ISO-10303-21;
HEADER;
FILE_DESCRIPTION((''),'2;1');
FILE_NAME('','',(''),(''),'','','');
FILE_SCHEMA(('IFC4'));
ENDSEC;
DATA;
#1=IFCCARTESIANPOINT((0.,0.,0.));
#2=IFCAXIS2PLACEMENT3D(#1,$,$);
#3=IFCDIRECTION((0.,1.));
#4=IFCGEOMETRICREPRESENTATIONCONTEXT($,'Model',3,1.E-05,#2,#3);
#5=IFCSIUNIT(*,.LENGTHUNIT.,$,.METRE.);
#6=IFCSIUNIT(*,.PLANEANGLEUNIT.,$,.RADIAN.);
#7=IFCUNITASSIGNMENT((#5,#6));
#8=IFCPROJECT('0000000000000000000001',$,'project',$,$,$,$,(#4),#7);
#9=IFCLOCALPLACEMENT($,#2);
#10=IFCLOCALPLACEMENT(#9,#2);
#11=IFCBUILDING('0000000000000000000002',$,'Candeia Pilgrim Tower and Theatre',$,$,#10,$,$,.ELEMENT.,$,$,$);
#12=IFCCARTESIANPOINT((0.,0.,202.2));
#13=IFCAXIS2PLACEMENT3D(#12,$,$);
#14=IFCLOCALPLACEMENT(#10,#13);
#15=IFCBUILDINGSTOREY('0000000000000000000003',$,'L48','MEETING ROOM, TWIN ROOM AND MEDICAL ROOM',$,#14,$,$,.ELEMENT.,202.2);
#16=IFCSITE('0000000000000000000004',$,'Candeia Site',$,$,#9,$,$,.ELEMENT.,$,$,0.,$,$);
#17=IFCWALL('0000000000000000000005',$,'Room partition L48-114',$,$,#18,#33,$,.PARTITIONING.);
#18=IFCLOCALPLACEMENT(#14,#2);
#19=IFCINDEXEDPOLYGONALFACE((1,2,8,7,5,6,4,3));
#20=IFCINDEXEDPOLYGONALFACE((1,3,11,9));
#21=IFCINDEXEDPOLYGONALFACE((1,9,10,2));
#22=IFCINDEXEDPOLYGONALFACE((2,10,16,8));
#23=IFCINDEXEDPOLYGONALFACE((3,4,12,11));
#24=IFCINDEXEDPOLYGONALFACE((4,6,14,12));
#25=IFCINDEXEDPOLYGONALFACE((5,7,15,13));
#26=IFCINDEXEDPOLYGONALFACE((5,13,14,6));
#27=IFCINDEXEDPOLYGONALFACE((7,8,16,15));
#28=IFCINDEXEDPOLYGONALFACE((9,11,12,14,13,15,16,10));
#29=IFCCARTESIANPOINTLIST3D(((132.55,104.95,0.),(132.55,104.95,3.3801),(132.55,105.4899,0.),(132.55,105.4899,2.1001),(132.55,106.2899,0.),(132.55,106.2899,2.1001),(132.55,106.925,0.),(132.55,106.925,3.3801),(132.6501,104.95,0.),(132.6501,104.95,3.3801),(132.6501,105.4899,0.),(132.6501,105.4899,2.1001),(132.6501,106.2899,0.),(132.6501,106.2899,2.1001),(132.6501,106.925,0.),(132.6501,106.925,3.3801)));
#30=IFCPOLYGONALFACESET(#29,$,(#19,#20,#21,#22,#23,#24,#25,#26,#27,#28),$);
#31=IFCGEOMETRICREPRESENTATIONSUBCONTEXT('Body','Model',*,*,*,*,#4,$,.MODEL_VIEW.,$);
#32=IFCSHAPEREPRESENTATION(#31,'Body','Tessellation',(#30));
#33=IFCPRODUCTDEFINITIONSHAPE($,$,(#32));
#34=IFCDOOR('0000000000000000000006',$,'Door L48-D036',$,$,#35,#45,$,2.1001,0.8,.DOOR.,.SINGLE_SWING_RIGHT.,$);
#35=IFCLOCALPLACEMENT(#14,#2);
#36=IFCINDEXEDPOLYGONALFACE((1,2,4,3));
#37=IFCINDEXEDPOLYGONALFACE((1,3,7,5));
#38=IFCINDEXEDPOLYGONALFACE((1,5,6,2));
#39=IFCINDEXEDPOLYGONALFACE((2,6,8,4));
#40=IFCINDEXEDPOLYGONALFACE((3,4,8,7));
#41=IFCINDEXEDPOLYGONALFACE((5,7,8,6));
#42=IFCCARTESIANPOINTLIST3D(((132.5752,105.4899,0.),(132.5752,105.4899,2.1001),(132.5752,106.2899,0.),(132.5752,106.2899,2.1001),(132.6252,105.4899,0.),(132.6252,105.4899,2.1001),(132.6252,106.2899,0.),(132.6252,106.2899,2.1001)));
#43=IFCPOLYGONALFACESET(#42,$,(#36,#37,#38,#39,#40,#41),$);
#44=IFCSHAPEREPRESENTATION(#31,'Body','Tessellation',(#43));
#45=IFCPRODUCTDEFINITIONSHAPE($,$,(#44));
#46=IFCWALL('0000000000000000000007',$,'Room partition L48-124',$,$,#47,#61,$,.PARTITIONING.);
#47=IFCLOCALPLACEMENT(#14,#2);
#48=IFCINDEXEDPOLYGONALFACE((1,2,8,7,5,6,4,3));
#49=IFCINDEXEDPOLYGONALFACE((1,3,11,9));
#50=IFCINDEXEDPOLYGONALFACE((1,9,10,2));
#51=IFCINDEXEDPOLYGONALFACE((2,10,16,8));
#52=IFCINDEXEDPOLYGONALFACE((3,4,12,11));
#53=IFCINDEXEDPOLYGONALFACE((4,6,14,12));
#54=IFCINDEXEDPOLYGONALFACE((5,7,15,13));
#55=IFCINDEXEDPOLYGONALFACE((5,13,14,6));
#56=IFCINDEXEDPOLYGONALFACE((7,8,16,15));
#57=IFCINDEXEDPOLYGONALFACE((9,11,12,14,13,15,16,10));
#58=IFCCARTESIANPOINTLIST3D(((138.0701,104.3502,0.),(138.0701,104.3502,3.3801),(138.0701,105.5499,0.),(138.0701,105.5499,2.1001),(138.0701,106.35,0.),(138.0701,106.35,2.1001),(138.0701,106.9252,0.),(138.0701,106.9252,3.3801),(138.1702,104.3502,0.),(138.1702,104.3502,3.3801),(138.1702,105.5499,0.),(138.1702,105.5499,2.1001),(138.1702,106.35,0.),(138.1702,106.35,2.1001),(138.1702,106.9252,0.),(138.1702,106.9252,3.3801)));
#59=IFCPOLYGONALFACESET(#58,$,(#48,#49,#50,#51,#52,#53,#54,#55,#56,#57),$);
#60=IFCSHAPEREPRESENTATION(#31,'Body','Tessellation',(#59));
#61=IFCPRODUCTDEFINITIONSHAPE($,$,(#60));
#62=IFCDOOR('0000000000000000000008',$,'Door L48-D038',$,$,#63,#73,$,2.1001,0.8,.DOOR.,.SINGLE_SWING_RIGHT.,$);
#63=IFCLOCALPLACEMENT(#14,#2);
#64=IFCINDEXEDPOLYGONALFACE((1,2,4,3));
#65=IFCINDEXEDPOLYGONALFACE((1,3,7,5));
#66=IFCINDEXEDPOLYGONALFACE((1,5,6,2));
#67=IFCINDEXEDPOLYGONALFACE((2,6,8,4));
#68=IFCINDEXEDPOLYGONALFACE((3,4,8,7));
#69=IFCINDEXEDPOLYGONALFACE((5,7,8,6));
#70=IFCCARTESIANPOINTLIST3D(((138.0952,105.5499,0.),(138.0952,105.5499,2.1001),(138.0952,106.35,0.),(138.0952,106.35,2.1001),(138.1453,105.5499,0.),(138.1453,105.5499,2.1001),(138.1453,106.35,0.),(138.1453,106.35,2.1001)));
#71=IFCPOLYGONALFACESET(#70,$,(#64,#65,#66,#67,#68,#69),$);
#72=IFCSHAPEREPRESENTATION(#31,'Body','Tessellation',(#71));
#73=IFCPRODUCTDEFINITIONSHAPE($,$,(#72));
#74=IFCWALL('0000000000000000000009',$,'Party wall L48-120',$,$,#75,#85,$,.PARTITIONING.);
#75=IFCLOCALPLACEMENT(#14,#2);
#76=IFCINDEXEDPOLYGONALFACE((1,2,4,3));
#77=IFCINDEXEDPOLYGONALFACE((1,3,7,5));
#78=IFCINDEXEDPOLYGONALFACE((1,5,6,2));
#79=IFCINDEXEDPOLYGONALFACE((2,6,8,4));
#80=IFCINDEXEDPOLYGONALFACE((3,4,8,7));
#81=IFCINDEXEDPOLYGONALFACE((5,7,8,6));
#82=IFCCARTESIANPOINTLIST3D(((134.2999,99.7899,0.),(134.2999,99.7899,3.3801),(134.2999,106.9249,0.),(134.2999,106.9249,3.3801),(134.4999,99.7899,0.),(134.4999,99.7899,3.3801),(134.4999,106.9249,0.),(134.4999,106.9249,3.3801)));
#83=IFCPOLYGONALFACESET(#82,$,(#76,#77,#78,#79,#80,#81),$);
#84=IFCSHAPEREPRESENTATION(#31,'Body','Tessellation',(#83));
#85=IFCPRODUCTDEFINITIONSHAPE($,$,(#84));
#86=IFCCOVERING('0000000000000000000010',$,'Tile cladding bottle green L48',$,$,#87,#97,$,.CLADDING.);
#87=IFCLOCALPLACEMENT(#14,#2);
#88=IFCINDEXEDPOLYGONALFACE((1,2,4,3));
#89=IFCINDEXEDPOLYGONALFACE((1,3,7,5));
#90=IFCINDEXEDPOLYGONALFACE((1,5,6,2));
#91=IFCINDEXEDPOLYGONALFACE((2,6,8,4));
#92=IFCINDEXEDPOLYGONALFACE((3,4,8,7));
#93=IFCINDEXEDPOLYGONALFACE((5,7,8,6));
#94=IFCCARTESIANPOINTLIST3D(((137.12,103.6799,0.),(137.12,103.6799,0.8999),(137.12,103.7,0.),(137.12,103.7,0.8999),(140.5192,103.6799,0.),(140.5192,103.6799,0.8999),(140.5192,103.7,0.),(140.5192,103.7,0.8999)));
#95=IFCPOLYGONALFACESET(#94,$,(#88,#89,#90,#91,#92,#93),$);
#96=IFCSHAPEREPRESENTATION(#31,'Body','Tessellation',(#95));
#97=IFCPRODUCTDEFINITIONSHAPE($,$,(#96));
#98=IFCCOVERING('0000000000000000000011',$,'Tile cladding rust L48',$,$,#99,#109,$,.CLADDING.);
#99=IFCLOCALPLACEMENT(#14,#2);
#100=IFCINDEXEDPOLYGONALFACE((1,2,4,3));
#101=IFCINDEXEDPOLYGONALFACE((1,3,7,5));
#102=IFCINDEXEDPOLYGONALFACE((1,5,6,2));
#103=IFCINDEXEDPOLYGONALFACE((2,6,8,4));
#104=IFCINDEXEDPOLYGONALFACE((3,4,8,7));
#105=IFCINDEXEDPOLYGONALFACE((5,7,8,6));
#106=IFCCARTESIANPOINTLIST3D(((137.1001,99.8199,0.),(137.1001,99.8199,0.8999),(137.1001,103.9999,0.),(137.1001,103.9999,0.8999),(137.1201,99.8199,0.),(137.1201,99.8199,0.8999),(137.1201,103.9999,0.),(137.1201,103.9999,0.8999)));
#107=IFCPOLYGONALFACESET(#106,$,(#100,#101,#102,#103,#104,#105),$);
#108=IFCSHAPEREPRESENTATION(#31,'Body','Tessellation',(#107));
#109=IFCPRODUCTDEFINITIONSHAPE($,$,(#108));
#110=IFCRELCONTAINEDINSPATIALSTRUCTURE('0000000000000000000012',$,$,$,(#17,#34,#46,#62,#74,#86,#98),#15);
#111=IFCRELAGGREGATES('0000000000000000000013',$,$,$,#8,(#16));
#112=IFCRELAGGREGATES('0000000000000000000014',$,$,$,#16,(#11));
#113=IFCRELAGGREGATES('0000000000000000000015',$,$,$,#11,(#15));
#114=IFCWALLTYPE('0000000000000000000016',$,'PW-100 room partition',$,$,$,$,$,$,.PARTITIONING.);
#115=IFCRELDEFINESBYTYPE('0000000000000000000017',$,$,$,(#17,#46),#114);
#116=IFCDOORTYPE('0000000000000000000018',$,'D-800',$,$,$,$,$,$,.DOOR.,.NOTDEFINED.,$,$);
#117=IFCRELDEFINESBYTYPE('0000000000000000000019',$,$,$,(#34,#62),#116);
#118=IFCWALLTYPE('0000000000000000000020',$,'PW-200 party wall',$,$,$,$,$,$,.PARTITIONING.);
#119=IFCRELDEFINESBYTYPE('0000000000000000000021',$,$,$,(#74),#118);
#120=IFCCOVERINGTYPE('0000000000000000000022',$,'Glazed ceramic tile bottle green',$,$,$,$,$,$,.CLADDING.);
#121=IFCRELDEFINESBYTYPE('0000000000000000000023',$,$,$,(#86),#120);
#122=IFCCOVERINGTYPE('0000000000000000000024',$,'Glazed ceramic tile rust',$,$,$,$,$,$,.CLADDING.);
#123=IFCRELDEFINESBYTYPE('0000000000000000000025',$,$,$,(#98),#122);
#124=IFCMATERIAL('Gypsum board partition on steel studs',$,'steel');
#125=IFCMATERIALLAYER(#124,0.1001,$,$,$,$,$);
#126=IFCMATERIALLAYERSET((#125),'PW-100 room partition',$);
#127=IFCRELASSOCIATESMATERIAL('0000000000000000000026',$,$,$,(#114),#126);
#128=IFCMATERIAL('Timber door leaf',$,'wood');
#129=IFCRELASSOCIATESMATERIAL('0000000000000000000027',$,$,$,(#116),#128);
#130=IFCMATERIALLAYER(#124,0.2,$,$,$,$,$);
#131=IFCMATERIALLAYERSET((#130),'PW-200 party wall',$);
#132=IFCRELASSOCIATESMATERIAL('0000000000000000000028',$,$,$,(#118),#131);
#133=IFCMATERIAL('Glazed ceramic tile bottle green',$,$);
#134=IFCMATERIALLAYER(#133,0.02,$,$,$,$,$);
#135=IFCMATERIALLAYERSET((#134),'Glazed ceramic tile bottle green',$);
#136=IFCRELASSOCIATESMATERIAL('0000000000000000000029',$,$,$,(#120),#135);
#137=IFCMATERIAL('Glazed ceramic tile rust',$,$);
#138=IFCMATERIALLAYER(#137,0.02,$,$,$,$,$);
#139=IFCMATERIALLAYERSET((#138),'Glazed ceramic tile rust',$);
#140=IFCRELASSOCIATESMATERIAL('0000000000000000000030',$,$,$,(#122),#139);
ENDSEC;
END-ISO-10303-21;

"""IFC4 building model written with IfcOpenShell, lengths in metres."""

from ifc_helpers import new_model, si_unit, direction, frame, frame_2d, origin, origin_2d, place, context, subcontext, project, spatial, rectangle, extrude, material, layer, layer_set, type_object, element, fill, save


model = new_model("IFC4")

# Units and contexts
model_context = context("Model", 3, precision=1e-05, world=origin(), true_north=direction((0.0, 1.0)))
body_context = subcontext(model_context, "Body", "Model", "MODEL_VIEW")
ifc_project = project(units=[si_unit("LENGTHUNIT", "METRE"), si_unit("PLANEANGLEUNIT", "RADIAN")], contexts=[model_context])

# Site, building, storey
site_placement = place(None, origin())
site = spatial("IfcSite", under=ifc_project, at=site_placement, Name="Candeia Site", CompositionType="ELEMENT", RefElevation=0.0)
building_placement = place(site_placement, origin())
building = spatial("IfcBuilding", under=site, at=building_placement, Name="Candeia Pilgrim Tower and Theatre", CompositionType="ELEMENT")
storey_placement = place(building_placement, frame((0.0, 0.0, 202.2)))
storey = spatial("IfcBuildingStorey", under=building, at=storey_placement, Name="L48", Description="MEETING ROOM, TWIN ROOM AND MEDICAL ROOM", CompositionType="ELEMENT", Elevation=202.2)

# Shared definitions
ifc_material_1 = material(Name="Gypsum board partition on steel studs", Category="steel")
ifc_layer_1 = layer(ifc_material_1, 0.1001)
ifc_layer_set_1 = layer_set([ifc_layer_1], Name="PW-100 room partition")
wall_type_1 = type_object("IfcWallType", Name="PW-100 room partition", PredefinedType="PARTITIONING", material=ifc_layer_set_1)

# Walls, openings, doors
wall_1_placement = place(storey_placement, frame((132.6001, 104.95, 0.0), z_axis=(0.0, 0.0, 1.0), x_axis=(0.0, 1.0, 0.0)))
wall_1 = element("IfcWall", 1, at=wall_1_placement, inside=storey, type_object=wall_type_1, Name="Room partition L48-114", PredefinedType="PARTITIONING", context=body_context, shape_type="SweptSolid", body=[
    extrude(rectangle(XDim=1.9751, YDim=0.1001, at=frame_2d((0.9875, 0.0))), origin(), (0.0, 0.0, 1.0), 3.3801),
])
opening_1_placement = place(wall_1_placement, frame((0.54, 0.0, 0.0)))
opening_1 = element("IfcOpeningElement", 2, at=opening_1_placement, cuts=wall_1, PredefinedType="OPENING", context=body_context, shape_type="SweptSolid", body=[
    extrude(rectangle(XDim=0.8, YDim=2.1001, at=frame_2d((0.3999, 1.05))), frame((0.0, 0.0601, 0.0), z_axis=(0.0, -1.0, 0.0), x_axis=(1.0, 0.0, 0.0)), (0.0, 0.0, 1.0), 0.1201),
])
ifc_material_2 = material(Name="Timber door leaf", Category="wood")
door_type_1 = type_object("IfcDoorType", Name="D-800", OperationType="NOTDEFINED", PredefinedType="DOOR", material=ifc_material_2)
door_1_placement = place(opening_1_placement, origin())
door_1 = element("IfcDoor", 3, at=door_1_placement, inside=storey, type_object=door_type_1, Name="Door L48-D036", OperationType="SINGLE_SWING_RIGHT", OverallHeight=2.1001, OverallWidth=0.8, PredefinedType="DOOR", context=body_context, shape_type="SweptSolid", body=[
    extrude(rectangle(XDim=0.8, YDim=2.1001, at=frame_2d((0.3999, 1.05))), frame((0.0, 0.0249, 0.0), z_axis=(0.0, -1.0, 0.0), x_axis=(1.0, 0.0, 0.0)), (0.0, 0.0, 1.0), 0.05),
])
fill(opening_1, door_1)
wall_2_placement = place(storey_placement, frame((138.1201, 104.3501, 0.0), z_axis=(0.0, 0.0, 1.0), x_axis=(0.0, 1.0, 0.0)))
wall_2 = element("IfcWall", 4, at=wall_2_placement, inside=storey, type_object=wall_type_1, Name="Room partition L48-124", PredefinedType="PARTITIONING", context=body_context, shape_type="SweptSolid", body=[
    extrude(rectangle(XDim=2.575, YDim=0.1001, at=frame_2d((1.2876, 0.0))), origin(), (0.0, 0.0, 1.0), 3.3801),
])
opening_2_placement = place(wall_2_placement, frame((1.2, 0.0, 0.0)))
opening_2 = element("IfcOpeningElement", 5, at=opening_2_placement, cuts=wall_2, PredefinedType="OPENING", context=body_context, shape_type="SweptSolid", body=[
    extrude(rectangle(XDim=0.8, YDim=2.1001, at=frame_2d((0.3999, 1.05))), frame((0.0, 0.0601, 0.0), z_axis=(0.0, -1.0, 0.0), x_axis=(1.0, 0.0, 0.0)), (0.0, 0.0, 1.0), 0.1201),
])
door_2_placement = place(opening_2_placement, origin())
door_2 = element("IfcDoor", 6, at=door_2_placement, inside=storey, type_object=door_type_1, Name="Door L48-D038", OperationType="SINGLE_SWING_RIGHT", OverallHeight=2.1001, OverallWidth=0.8, PredefinedType="DOOR", context=body_context, shape_type="SweptSolid", body=[
    extrude(rectangle(XDim=0.8, YDim=2.1001, at=frame_2d((0.3999, 1.05))), frame((0.0, 0.0249, 0.0), z_axis=(0.0, -1.0, 0.0), x_axis=(1.0, 0.0, 0.0)), (0.0, 0.0, 1.0), 0.05),
])
fill(opening_2, door_2)

# Wall
ifc_layer_2 = layer(ifc_material_1, 0.2)
ifc_layer_set_2 = layer_set([ifc_layer_2], Name="PW-200 party wall")
wall_type_2 = type_object("IfcWallType", Name="PW-200 party wall", PredefinedType="PARTITIONING", material=ifc_layer_set_2)
wall_3_placement = place(storey_placement, frame((134.3999, 99.79, 0.0), z_axis=(0.0, 0.0, 1.0), x_axis=(0.0, 1.0, 0.0)))
element("IfcWall", 7, at=wall_3_placement, inside=storey, type_object=wall_type_2, Name="Party wall L48-120", PredefinedType="PARTITIONING", context=body_context, shape_type="SweptSolid", body=[
    extrude(rectangle(XDim=7.135, YDim=0.2, at=frame_2d((3.5674, 0.0))), origin(), (0.0, 0.0, 1.0), 3.3801),
])

# Coverings
ifc_material_3 = material(Name="Glazed ceramic tile bottle green")
ifc_layer_3 = layer(ifc_material_3, 0.02)
ifc_layer_set_3 = layer_set([ifc_layer_3], Name="Glazed ceramic tile bottle green")
covering_type_1 = type_object("IfcCoveringType", Name="Glazed ceramic tile bottle green", PredefinedType="CLADDING", material=ifc_layer_set_3)
covering_1_placement = place(storey_placement, frame((138.8196, 103.6899, 0.0), z_axis=(0.0, 0.0, 1.0), x_axis=(1.0, 0.0, 0.0)))
element("IfcCovering", 8, at=covering_1_placement, inside=storey, type_object=covering_type_1, Name="Tile cladding bottle green L48", PredefinedType="CLADDING", context=body_context, shape_type="SweptSolid", body=[
    extrude(rectangle(XDim=3.3992, YDim=0.02, at=origin_2d()), origin(), (0.0, 0.0, 1.0), 0.8999),
])
ifc_material_4 = material(Name="Glazed ceramic tile rust")
ifc_layer_4 = layer(ifc_material_4, 0.02)
ifc_layer_set_4 = layer_set([ifc_layer_4], Name="Glazed ceramic tile rust")
covering_type_2 = type_object("IfcCoveringType", Name="Glazed ceramic tile rust", PredefinedType="CLADDING", material=ifc_layer_set_4)
covering_2_placement = place(storey_placement, frame((137.1101, 101.9099, 0.0), z_axis=(0.0, 0.0, 1.0), x_axis=(0.0, 1.0, 0.0)))
element("IfcCovering", 9, at=covering_2_placement, inside=storey, type_object=covering_type_2, Name="Tile cladding rust L48", PredefinedType="CLADDING", context=body_context, shape_type="SweptSolid", body=[
    extrude(rectangle(XDim=4.1799, YDim=0.02, at=origin_2d()), origin(), (0.0, 0.0, 1.0), 0.8999),
])

save(model, "model.ifc")
